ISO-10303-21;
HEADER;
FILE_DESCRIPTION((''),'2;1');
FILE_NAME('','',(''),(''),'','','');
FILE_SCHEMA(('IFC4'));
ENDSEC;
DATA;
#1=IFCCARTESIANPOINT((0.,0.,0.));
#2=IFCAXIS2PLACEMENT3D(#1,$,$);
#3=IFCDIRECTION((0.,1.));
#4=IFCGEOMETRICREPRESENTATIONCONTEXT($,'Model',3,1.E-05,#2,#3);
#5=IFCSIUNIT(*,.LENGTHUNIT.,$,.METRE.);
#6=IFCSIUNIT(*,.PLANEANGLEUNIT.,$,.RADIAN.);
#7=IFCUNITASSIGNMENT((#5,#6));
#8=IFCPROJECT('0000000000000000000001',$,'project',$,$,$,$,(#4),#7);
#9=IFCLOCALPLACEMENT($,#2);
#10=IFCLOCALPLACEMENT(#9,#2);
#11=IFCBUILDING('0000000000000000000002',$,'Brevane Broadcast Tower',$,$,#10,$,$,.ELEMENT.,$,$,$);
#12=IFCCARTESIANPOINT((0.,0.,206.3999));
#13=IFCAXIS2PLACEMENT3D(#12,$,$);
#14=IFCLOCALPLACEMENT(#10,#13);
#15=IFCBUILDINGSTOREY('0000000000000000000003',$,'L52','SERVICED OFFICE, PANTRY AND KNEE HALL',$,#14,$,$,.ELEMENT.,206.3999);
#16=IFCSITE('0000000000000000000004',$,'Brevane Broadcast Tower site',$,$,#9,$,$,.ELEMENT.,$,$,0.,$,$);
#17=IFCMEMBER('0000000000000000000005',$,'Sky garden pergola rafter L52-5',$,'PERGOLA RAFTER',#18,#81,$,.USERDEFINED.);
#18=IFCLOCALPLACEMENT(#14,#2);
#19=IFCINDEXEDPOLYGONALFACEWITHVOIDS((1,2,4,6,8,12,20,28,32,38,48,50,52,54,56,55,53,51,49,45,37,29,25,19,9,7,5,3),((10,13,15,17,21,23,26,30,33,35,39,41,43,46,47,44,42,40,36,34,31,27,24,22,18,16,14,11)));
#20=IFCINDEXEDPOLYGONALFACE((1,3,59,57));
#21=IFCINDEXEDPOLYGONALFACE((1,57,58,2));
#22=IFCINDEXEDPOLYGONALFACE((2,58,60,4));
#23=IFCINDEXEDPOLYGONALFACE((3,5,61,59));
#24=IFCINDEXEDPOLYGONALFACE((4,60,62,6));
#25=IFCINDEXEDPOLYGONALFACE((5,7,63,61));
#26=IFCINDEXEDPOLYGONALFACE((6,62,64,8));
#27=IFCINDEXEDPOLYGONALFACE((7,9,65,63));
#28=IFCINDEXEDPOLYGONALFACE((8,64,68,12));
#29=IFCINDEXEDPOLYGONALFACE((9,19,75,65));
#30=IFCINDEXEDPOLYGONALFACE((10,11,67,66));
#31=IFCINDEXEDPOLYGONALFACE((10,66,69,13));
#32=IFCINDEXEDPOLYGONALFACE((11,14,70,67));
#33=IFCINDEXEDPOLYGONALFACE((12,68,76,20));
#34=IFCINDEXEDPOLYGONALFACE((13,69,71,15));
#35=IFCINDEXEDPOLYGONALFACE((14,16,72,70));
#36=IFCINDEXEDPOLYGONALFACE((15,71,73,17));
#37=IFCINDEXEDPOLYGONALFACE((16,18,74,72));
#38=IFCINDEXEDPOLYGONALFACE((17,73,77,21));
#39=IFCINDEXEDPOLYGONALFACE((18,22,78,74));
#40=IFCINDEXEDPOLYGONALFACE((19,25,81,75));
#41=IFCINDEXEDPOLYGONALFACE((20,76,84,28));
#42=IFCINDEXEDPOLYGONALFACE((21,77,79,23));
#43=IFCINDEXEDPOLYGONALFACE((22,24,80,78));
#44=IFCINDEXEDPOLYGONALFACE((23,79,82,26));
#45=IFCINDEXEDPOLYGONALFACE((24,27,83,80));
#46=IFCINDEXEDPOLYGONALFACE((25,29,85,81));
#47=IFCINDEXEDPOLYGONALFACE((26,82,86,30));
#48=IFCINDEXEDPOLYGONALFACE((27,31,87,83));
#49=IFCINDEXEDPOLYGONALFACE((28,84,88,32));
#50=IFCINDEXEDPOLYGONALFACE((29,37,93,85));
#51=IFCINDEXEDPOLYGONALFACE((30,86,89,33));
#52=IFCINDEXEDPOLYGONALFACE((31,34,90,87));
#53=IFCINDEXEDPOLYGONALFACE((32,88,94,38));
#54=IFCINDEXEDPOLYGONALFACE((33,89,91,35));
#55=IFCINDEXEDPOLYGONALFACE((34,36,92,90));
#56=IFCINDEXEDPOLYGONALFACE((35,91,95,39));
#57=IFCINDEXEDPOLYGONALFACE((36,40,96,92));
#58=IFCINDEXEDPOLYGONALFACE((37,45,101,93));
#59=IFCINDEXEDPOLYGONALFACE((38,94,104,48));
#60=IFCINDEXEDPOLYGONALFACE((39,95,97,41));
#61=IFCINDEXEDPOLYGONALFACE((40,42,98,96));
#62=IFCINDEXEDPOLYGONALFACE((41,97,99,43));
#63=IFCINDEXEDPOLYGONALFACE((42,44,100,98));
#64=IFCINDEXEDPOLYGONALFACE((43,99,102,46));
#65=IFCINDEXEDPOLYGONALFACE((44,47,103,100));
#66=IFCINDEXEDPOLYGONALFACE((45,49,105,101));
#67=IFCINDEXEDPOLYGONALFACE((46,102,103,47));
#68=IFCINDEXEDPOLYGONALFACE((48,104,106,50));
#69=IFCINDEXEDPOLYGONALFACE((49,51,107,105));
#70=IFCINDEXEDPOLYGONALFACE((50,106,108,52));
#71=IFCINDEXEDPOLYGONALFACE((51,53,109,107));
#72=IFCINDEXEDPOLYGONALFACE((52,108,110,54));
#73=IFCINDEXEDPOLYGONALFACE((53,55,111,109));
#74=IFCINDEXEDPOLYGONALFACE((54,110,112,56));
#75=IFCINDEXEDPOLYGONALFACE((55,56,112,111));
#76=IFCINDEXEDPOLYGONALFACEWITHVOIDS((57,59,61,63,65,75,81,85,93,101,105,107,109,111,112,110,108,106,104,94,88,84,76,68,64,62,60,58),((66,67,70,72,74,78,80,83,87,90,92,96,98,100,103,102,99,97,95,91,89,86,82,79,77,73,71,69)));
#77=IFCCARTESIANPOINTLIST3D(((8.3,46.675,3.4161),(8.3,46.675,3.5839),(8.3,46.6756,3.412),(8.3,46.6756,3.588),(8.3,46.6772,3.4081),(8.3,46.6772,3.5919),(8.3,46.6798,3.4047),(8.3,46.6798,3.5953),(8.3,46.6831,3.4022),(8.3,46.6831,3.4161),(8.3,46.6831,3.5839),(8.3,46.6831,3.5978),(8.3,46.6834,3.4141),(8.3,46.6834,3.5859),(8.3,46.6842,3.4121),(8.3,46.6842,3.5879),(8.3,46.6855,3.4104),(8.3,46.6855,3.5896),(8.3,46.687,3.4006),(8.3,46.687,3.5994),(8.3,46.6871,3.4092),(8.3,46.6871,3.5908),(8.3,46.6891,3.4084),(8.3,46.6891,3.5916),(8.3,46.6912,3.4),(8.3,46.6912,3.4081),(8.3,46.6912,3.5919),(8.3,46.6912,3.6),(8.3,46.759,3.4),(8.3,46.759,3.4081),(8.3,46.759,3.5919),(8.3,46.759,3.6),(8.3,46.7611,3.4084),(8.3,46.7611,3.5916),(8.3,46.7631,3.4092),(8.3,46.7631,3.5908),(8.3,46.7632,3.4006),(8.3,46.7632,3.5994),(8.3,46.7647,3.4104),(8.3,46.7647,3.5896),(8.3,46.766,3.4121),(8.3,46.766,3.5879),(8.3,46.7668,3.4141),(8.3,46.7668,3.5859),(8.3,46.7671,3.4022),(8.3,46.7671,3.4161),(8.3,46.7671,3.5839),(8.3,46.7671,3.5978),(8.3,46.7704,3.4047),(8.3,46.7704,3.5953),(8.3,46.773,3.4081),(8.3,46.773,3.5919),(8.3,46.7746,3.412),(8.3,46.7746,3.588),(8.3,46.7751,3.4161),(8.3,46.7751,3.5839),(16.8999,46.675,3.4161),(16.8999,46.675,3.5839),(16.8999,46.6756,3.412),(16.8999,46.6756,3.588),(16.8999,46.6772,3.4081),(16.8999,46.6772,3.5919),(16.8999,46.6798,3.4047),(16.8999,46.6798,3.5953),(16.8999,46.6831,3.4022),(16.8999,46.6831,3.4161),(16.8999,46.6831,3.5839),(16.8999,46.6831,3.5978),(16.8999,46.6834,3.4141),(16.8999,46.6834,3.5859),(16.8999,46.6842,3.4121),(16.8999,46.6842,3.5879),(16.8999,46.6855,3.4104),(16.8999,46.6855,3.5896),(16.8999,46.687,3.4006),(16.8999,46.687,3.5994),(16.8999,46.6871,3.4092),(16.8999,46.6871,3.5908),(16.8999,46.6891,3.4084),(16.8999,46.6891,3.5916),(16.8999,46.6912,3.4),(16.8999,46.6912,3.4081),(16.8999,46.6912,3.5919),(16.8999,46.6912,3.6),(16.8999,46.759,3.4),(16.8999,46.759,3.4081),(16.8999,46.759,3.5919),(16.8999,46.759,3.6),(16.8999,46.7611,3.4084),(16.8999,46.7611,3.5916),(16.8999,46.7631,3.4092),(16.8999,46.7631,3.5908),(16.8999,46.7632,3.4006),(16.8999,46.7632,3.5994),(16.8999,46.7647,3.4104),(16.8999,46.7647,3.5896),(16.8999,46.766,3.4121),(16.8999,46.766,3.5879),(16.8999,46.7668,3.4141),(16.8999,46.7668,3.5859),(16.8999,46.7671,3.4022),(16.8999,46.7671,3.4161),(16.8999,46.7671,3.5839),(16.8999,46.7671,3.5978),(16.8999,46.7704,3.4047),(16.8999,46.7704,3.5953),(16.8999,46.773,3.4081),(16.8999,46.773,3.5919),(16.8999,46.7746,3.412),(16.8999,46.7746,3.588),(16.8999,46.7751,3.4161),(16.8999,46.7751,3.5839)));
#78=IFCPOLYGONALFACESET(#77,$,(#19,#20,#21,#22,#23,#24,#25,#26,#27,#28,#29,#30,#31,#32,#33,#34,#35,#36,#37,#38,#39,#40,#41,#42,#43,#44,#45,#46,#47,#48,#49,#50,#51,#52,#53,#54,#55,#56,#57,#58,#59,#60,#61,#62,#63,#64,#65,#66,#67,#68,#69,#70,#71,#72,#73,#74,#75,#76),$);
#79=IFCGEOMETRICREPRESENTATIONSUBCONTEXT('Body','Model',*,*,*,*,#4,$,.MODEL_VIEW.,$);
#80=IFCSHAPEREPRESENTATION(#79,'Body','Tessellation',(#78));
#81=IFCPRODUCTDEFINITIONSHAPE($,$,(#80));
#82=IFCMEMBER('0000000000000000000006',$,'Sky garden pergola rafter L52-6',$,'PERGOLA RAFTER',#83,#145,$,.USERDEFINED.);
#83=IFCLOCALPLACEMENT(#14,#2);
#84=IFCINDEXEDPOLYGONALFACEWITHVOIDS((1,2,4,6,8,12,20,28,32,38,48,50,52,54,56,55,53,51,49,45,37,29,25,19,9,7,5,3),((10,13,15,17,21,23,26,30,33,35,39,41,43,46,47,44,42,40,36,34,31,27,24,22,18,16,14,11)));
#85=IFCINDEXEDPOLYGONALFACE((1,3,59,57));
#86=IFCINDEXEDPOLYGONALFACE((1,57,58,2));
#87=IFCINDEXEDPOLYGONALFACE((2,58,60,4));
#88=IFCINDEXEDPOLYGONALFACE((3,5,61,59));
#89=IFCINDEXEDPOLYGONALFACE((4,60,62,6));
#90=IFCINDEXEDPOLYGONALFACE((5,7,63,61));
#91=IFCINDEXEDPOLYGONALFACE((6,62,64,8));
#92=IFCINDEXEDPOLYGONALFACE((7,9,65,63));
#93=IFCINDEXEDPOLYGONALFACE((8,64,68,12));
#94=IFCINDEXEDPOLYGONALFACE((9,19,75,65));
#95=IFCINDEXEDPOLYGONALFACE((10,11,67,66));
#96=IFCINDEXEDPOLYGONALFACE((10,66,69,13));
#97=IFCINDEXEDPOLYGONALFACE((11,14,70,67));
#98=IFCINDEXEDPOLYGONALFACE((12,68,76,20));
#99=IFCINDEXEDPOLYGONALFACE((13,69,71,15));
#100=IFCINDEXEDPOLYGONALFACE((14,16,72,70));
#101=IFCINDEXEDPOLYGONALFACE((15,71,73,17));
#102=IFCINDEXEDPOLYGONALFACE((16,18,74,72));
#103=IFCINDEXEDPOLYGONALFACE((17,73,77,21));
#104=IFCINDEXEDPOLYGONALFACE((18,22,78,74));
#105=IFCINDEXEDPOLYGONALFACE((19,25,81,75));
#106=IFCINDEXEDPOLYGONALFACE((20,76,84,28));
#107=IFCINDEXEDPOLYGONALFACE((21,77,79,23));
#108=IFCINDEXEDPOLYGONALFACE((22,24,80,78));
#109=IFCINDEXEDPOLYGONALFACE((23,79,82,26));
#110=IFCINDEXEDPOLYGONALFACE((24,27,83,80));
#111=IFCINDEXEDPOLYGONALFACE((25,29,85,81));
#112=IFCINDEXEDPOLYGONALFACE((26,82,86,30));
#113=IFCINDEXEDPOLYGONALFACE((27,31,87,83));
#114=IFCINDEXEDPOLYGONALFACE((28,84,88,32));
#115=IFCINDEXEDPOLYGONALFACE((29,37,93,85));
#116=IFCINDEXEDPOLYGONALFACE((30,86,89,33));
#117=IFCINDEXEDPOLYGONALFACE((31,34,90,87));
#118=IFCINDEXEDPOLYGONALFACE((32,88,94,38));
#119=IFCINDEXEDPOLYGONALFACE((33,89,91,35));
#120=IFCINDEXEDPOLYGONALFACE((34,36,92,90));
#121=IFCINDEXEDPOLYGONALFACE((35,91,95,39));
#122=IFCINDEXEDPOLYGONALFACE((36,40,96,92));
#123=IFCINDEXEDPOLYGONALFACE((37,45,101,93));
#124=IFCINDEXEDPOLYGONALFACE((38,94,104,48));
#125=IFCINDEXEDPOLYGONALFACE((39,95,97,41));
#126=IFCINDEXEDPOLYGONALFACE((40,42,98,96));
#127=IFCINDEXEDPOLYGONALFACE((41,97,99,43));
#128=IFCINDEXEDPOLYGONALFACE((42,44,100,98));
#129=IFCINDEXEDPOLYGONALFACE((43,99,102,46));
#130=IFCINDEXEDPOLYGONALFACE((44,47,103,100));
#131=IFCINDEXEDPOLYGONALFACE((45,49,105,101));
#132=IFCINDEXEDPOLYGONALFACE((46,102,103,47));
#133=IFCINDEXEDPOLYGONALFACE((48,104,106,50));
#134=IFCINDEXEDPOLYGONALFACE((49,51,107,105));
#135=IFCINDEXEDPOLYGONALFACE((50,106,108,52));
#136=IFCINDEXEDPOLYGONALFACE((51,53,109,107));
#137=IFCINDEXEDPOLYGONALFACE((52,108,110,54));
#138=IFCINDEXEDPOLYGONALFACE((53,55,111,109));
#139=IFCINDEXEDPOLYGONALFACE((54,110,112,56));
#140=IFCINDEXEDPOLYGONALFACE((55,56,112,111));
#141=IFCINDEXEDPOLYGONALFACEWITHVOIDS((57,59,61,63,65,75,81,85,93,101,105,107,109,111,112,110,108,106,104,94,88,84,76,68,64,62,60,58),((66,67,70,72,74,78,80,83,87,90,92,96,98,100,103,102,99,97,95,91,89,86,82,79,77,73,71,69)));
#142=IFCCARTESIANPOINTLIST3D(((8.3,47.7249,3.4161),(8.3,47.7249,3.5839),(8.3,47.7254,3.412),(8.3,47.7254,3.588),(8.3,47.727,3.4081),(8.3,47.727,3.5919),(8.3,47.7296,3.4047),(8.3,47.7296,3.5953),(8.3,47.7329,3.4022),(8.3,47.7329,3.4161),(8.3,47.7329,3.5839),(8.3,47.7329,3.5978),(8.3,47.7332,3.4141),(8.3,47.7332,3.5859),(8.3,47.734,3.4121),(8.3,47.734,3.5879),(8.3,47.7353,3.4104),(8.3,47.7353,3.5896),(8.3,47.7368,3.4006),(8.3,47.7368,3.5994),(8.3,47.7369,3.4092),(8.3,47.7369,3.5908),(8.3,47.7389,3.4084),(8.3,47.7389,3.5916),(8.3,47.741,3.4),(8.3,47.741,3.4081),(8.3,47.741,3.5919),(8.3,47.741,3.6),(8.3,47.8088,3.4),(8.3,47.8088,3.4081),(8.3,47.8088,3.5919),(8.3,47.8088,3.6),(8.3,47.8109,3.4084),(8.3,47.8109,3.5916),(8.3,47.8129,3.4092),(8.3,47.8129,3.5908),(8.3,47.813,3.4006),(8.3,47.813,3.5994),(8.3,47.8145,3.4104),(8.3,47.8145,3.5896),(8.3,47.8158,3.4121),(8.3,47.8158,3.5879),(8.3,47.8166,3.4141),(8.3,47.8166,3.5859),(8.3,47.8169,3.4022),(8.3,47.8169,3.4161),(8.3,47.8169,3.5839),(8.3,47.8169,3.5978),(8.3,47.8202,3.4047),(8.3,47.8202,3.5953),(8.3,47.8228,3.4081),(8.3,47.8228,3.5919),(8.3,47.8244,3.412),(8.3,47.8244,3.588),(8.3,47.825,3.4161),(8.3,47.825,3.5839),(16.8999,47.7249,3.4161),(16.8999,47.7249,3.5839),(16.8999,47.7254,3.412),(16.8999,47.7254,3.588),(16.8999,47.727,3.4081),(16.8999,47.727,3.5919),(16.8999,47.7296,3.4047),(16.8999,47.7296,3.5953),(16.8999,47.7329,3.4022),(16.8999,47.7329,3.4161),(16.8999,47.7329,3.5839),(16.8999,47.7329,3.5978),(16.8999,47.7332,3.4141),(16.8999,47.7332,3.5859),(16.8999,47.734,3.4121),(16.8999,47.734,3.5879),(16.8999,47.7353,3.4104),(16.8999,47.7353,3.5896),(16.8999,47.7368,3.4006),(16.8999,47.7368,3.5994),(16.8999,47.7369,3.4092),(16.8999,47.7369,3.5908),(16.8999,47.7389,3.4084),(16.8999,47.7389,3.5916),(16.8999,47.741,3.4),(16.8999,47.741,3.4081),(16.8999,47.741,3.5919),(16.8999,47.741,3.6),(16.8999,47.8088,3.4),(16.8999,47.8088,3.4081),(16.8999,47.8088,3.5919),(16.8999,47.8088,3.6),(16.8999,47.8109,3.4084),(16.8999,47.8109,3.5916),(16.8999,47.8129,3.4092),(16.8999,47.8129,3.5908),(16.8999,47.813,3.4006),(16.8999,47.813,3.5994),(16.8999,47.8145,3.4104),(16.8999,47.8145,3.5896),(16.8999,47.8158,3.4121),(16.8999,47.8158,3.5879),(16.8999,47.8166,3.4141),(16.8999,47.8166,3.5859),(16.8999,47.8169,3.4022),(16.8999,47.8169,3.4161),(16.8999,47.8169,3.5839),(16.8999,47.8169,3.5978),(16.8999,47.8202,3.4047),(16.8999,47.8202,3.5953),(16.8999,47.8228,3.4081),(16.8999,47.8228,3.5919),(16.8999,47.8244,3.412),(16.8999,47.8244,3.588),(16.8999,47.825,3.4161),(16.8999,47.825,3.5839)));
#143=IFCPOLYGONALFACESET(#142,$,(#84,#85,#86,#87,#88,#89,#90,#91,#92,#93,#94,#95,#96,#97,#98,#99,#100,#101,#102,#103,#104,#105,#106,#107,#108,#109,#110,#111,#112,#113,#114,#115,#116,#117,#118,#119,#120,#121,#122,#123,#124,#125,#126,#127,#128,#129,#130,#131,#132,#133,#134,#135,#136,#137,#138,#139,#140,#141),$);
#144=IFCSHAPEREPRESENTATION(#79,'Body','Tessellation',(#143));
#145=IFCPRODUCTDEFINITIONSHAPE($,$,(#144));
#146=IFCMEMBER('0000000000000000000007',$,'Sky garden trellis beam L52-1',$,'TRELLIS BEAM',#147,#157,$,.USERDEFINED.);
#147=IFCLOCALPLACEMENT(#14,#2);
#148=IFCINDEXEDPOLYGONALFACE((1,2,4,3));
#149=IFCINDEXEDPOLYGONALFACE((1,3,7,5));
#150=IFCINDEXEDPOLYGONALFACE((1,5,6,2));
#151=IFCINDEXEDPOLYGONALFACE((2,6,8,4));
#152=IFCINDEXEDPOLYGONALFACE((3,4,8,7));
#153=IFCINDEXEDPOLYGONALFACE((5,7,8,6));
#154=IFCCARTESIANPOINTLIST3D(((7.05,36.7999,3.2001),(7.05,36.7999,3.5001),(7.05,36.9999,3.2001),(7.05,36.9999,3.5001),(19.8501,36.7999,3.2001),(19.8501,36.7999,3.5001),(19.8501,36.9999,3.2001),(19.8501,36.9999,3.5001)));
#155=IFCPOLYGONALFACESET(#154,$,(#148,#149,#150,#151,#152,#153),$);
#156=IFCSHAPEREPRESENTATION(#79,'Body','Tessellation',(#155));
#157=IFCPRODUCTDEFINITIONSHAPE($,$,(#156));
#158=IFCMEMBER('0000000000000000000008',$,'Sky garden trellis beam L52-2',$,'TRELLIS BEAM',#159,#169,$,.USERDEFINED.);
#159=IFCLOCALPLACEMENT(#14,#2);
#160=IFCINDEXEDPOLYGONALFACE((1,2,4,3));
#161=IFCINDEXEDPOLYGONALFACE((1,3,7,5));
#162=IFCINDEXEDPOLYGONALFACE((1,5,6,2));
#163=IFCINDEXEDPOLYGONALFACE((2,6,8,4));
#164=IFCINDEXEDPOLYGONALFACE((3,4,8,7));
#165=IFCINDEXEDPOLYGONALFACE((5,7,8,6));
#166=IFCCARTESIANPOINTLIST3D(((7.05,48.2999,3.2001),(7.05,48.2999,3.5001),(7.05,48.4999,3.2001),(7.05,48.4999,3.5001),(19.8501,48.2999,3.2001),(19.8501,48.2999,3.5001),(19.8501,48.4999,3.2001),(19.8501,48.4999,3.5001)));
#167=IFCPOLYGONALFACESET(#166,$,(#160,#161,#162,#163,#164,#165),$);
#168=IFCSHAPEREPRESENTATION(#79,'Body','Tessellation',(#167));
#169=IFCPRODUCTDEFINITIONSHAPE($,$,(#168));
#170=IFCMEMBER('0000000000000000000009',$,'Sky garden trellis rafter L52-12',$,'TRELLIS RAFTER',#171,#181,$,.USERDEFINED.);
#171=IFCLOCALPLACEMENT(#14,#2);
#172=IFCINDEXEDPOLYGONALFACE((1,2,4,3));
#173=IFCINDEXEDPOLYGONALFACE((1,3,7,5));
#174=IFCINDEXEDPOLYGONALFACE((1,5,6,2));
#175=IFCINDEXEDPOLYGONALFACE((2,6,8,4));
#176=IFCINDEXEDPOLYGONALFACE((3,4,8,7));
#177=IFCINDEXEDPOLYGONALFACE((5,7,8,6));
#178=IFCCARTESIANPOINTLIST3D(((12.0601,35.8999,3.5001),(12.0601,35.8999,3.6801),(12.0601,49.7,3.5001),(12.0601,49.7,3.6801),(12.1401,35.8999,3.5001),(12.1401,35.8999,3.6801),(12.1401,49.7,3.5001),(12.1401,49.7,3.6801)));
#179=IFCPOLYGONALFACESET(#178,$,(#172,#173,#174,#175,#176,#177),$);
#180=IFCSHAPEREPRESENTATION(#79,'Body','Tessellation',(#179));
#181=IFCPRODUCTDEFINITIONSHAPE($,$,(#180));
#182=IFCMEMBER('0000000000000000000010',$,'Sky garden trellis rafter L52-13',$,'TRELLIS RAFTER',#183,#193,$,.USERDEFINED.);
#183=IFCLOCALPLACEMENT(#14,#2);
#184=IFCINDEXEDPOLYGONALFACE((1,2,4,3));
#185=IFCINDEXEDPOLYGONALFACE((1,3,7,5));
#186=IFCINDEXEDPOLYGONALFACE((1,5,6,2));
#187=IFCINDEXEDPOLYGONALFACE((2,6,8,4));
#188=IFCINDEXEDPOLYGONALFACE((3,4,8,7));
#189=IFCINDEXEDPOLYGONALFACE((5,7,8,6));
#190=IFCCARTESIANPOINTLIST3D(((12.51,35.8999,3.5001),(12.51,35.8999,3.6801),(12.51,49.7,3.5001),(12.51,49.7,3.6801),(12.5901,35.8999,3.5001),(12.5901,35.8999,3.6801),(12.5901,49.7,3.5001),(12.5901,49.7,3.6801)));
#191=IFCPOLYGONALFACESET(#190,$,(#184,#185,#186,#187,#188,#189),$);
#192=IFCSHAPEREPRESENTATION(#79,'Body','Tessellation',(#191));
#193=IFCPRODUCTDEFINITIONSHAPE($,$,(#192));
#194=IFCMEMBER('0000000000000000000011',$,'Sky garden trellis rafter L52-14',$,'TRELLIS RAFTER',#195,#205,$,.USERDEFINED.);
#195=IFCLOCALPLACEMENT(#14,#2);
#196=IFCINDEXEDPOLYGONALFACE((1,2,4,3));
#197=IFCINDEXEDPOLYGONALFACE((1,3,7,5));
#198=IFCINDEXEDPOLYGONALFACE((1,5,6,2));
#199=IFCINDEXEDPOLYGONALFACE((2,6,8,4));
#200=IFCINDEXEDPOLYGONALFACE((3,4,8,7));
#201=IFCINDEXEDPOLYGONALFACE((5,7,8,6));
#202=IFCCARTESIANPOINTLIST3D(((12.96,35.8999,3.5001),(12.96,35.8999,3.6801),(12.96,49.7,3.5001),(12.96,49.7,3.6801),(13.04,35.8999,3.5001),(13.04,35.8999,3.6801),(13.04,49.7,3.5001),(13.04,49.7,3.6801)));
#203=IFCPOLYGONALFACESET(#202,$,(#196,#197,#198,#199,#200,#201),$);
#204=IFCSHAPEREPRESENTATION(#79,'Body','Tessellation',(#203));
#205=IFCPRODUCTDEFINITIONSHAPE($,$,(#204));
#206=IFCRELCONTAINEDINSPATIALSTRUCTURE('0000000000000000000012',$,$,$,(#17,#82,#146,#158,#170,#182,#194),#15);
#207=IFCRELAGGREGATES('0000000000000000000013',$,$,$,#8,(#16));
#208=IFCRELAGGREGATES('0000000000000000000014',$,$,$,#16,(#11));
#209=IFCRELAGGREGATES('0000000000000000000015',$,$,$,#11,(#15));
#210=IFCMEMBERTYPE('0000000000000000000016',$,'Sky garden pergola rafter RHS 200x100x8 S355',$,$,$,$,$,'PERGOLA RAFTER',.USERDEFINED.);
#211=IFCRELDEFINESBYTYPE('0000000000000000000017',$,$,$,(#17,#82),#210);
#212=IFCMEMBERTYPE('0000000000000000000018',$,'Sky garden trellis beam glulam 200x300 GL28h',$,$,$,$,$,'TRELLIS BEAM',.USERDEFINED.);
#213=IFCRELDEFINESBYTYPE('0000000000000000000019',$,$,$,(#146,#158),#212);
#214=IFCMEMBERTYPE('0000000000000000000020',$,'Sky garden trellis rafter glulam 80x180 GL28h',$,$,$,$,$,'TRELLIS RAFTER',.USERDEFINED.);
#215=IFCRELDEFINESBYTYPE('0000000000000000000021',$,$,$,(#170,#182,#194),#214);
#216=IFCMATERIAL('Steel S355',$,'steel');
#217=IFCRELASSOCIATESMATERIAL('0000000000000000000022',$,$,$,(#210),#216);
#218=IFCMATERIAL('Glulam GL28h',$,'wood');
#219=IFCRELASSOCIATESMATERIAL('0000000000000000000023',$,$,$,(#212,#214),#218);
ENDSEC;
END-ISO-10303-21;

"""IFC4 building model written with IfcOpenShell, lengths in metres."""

from ifc_helpers import new_model, si_unit, direction, frame, origin, origin_2d, place, context, subcontext, project, spatial, rectangle, hollow_rectangle, extrude, material, material_profile, profile_set, type_object, element, save


model = new_model("IFC4")

# Units and contexts
model_context = context("Model", 3, precision=1e-05, world=origin(), true_north=direction((0.0, 1.0)))
body_context = subcontext(model_context, "Body", "Model", "MODEL_VIEW")
ifc_project = project(units=[si_unit("LENGTHUNIT", "METRE"), si_unit("PLANEANGLEUNIT", "RADIAN")], contexts=[model_context])

# Site, building, storey
site_placement = place(None, origin())
site = spatial("IfcSite", under=ifc_project, at=site_placement, Name="Brevane Broadcast Tower site", CompositionType="ELEMENT", RefElevation=0.0)
building_placement = place(site_placement, origin())
building = spatial("IfcBuilding", under=site, at=building_placement, Name="Brevane Broadcast Tower", CompositionType="ELEMENT")
storey_placement = place(building_placement, frame((0.0, 0.0, 206.3999)))
storey = spatial("IfcBuildingStorey", under=building, at=storey_placement, Name="L52", Description="SERVICED OFFICE, PANTRY AND KNEE HALL", CompositionType="ELEMENT", Elevation=206.3999)

# Members
ifc_material_1 = material(Name="Steel S355", Category="steel")
ifc_material_profile_1 = material_profile(ifc_material_1, hollow_rectangle(XDim=0.1001, YDim=0.2, WallThickness=0.0081, InnerFilletRadius=0.0081, OuterFilletRadius=0.0161, at=origin_2d()), Name="RHS 200x100x8")
ifc_profile_set_1 = profile_set([ifc_material_profile_1], Name="Steel S355")
member_type_1 = type_object("IfcMemberType", Name="Sky garden pergola rafter RHS 200x100x8 S355", ElementType="PERGOLA RAFTER", PredefinedType="USERDEFINED", material=ifc_profile_set_1)
for number, where, z_axis, x_axis, name in (
    (1, (8.3, 46.7251, 3.5), (1.0, 0.0, 0.0), (0.0, 1.0, 0.0), "Sky garden pergola rafter L52-5"),
    (2, (8.3, 47.7749, 3.5), (1.0, 0.0, 0.0), (0.0, 1.0, 0.0), "Sky garden pergola rafter L52-6"),
):
    element("IfcMember", number, at=place(storey_placement, frame(where, z_axis=z_axis, x_axis=x_axis)), inside=storey, type_object=member_type_1, Name=name, ObjectType="PERGOLA RAFTER", PredefinedType="USERDEFINED", context=body_context, shape_type="SweptSolid", body=[
        extrude(hollow_rectangle(XDim=0.1001, YDim=0.2, WallThickness=0.0081, InnerFilletRadius=0.0081, OuterFilletRadius=0.0161, at=origin_2d()), origin(), (0.0, 0.0, 1.0), 8.5999),
    ])
ifc_material_2 = material(Name="Glulam GL28h", Category="wood")
ifc_material_profile_2 = material_profile(ifc_material_2, rectangle(XDim=0.2, YDim=0.3, at=origin_2d()), Name="RECT 200x300")
ifc_profile_set_2 = profile_set([ifc_material_profile_2], Name="Glulam GL28h")
member_type_2 = type_object("IfcMemberType", Name="Sky garden trellis beam glulam 200x300 GL28h", ElementType="TRELLIS BEAM", PredefinedType="USERDEFINED", material=ifc_profile_set_2)
for number, where, z_axis, x_axis, name in (
    (3, (7.05, 36.8999, 3.3501), (1.0, 0.0, 0.0), (0.0, 1.0, 0.0), "Sky garden trellis beam L52-1"),
    (4, (7.05, 48.3999, 3.3501), (1.0, 0.0, 0.0), (0.0, 1.0, 0.0), "Sky garden trellis beam L52-2"),
):
    element("IfcMember", number, at=place(storey_placement, frame(where, z_axis=z_axis, x_axis=x_axis)), inside=storey, type_object=member_type_2, Name=name, ObjectType="TRELLIS BEAM", PredefinedType="USERDEFINED", context=body_context, shape_type="SweptSolid", body=[
        extrude(rectangle(XDim=0.2, YDim=0.3, at=origin_2d()), origin(), (0.0, 0.0, 1.0), 12.8),
    ])
ifc_material_profile_3 = material_profile(ifc_material_2, rectangle(XDim=0.0801, YDim=0.1799, at=origin_2d()), Name="RECT 80x180")
ifc_profile_set_3 = profile_set([ifc_material_profile_3], Name="Glulam GL28h")
member_type_3 = type_object("IfcMemberType", Name="Sky garden trellis rafter glulam 80x180 GL28h", ElementType="TRELLIS RAFTER", PredefinedType="USERDEFINED", material=ifc_profile_set_3)
for number, where, z_axis, x_axis, name in (
    (5, (12.1001, 35.8999, 3.5901), (0.0, 1.0, 0.0), (-1.0, 0.0, 0.0), "Sky garden trellis rafter L52-12"),
    (6, (12.55, 35.8999, 3.5901), (0.0, 1.0, 0.0), (-1.0, 0.0, 0.0), "Sky garden trellis rafter L52-13"),
    (7, (13.0, 35.8999, 3.5901), (0.0, 1.0, 0.0), (-1.0, 0.0, 0.0), "Sky garden trellis rafter L52-14"),
):
    element("IfcMember", number, at=place(storey_placement, frame(where, z_axis=z_axis, x_axis=x_axis)), inside=storey, type_object=member_type_3, Name=name, ObjectType="TRELLIS RAFTER", PredefinedType="USERDEFINED", context=body_context, shape_type="SweptSolid", body=[
        extrude(rectangle(XDim=0.0801, YDim=0.1799, at=origin_2d()), origin(), (0.0, 0.0, 1.0), 13.8),
    ])

save(model, "model.ifc")
